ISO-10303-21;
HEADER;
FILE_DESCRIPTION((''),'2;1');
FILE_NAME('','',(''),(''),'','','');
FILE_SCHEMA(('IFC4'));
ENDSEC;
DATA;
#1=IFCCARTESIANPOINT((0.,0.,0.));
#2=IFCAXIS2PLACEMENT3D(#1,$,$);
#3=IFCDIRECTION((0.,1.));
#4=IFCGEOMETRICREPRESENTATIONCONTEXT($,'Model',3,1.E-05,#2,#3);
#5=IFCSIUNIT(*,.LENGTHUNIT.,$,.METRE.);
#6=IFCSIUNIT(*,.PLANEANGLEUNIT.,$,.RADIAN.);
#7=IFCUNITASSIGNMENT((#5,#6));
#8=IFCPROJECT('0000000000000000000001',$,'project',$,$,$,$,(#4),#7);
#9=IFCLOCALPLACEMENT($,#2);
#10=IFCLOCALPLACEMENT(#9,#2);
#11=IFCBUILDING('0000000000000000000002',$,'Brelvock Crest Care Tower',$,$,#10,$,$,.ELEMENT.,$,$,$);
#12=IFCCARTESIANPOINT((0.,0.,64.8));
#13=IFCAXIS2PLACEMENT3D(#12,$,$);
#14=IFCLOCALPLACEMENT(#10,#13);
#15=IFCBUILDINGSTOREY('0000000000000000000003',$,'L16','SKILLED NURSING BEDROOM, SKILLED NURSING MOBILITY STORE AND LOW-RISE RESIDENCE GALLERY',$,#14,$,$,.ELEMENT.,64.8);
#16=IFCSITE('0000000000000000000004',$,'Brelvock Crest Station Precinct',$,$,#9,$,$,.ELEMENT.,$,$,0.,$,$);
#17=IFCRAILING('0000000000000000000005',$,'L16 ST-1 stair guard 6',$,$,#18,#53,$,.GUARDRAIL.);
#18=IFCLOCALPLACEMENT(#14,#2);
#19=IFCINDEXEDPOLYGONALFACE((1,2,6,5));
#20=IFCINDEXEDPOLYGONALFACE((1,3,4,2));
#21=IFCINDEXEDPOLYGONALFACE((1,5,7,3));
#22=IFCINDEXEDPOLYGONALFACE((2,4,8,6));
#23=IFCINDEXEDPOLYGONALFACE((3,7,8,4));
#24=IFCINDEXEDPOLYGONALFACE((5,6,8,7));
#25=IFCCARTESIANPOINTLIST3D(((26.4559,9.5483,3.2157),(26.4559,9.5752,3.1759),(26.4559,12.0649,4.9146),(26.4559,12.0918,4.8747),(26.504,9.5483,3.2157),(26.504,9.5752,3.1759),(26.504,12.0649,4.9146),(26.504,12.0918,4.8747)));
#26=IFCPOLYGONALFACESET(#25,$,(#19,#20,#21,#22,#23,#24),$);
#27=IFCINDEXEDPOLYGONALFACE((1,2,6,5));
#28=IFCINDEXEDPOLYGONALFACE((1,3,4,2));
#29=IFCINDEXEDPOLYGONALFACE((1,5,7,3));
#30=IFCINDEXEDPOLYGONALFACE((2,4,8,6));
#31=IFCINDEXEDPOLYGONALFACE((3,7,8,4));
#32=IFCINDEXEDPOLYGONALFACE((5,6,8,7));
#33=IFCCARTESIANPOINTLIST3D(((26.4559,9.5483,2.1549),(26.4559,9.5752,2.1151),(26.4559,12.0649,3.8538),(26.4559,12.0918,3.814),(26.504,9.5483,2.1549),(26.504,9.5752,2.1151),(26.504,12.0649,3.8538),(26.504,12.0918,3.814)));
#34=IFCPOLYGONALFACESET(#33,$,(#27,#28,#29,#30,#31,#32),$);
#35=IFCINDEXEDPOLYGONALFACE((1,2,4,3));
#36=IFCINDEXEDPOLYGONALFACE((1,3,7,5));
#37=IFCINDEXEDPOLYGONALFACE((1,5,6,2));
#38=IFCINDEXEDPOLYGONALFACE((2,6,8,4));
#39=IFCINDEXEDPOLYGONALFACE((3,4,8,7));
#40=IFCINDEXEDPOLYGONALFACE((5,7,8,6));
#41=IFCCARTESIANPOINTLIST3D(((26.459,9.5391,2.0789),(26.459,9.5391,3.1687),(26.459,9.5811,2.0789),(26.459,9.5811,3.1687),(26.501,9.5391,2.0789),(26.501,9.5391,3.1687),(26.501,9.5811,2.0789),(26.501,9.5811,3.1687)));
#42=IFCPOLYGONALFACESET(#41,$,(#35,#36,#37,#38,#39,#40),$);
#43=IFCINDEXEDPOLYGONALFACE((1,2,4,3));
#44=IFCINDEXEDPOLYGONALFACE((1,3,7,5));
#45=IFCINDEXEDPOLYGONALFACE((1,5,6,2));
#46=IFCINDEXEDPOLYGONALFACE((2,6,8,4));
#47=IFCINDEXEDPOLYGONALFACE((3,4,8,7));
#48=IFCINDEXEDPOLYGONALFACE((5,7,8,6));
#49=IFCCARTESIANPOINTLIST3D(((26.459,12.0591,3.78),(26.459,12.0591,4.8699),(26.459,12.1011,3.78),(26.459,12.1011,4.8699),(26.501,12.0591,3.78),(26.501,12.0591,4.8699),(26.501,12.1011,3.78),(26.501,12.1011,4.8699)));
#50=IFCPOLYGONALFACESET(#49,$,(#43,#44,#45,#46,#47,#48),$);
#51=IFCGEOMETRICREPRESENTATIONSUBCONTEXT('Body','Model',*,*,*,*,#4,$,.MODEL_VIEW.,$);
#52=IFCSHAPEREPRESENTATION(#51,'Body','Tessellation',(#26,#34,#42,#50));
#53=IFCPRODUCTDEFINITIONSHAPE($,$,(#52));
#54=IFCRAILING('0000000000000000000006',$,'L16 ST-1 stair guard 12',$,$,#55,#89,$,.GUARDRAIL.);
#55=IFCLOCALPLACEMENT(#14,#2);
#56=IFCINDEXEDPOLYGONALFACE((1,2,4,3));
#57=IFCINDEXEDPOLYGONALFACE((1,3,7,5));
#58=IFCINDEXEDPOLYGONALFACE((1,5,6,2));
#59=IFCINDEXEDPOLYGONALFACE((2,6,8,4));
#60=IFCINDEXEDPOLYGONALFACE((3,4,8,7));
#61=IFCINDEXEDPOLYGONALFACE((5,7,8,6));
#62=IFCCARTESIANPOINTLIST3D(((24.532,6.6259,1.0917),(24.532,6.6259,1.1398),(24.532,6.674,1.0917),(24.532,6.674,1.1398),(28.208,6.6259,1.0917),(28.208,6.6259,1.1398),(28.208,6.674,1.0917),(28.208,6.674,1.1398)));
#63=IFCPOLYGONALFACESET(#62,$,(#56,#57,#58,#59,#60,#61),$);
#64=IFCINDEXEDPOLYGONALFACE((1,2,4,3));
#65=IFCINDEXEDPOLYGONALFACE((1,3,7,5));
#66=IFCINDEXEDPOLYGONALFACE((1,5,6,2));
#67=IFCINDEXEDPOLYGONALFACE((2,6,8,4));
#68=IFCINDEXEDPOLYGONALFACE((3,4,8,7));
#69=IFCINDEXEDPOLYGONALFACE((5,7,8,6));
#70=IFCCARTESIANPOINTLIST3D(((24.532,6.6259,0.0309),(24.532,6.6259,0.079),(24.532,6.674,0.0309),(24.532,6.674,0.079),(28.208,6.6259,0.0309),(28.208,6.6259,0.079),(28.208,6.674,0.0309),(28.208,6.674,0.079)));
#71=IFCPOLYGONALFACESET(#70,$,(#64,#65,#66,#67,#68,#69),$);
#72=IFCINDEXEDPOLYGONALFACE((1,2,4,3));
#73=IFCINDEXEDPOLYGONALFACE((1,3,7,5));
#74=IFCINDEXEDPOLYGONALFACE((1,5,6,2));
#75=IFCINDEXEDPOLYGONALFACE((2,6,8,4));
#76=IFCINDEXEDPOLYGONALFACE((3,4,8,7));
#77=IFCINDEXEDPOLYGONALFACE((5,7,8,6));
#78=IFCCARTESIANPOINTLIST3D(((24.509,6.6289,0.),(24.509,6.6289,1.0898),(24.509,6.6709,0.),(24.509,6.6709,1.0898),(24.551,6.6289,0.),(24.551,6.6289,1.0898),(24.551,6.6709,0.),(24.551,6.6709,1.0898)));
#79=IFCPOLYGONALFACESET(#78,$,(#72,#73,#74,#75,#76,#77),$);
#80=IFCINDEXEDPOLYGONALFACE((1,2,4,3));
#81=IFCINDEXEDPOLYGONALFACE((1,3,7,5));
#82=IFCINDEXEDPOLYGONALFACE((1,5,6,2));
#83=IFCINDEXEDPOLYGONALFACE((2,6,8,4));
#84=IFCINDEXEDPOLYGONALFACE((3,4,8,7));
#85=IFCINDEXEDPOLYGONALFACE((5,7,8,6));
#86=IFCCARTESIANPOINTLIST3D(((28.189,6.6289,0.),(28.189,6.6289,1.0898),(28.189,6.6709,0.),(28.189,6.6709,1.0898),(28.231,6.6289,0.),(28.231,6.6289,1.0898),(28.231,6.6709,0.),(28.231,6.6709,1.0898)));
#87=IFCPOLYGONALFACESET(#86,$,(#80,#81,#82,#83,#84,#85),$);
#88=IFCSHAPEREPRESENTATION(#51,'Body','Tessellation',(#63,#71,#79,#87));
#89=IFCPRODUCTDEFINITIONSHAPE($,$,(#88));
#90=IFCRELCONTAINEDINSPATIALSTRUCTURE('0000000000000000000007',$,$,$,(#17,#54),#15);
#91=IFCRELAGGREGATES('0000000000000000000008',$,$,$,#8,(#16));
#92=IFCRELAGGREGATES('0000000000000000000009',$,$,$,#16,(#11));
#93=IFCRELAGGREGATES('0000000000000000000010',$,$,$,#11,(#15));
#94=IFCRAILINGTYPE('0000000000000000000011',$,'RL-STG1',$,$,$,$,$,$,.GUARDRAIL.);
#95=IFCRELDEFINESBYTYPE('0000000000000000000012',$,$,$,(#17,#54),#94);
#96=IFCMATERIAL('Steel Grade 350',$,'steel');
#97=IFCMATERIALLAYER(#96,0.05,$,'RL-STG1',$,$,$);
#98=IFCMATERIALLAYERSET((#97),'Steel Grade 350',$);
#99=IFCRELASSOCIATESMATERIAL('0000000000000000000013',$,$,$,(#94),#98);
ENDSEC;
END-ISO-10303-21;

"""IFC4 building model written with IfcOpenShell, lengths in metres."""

from ifc_helpers import new_model, si_unit, direction, frame, origin, origin_2d, place, context, subcontext, project, spatial, rectangle, extrude, material, layer, layer_set, type_object, element, save


model = new_model("IFC4")

# Units and contexts
model_context = context("Model", 3, precision=1e-05, world=origin(), true_north=direction((0.0, 1.0)))
body_context = subcontext(model_context, "Body", "Model", "MODEL_VIEW")
ifc_project = project(units=[si_unit("LENGTHUNIT", "METRE"), si_unit("PLANEANGLEUNIT", "RADIAN")], contexts=[model_context])

# Site, building, storey
site_placement = place(None, origin())
site = spatial("IfcSite", under=ifc_project, at=site_placement, Name="Brelvock Crest Station Precinct", CompositionType="ELEMENT", RefElevation=0.0)
building_placement = place(site_placement, origin())
building = spatial("IfcBuilding", under=site, at=building_placement, Name="Brelvock Crest Care Tower", CompositionType="ELEMENT")
storey_placement = place(building_placement, frame((0.0, 0.0, 64.8)))
storey = spatial("IfcBuildingStorey", under=building, at=storey_placement, Name="L16", Description="SKILLED NURSING BEDROOM, SKILLED NURSING MOBILITY STORE AND LOW-RISE RESIDENCE GALLERY", CompositionType="ELEMENT", Elevation=64.8)

# Shared definitions
ifc_material_1 = material(Name="Steel Grade 350", Category="steel")

# Railings
ifc_layer_1 = layer(ifc_material_1, 0.05, Name="RL-STG1")
ifc_layer_set_1 = layer_set([ifc_layer_1], Name="Steel Grade 350")
railing_type = type_object("IfcRailingType", Name="RL-STG1", PredefinedType="GUARDRAIL", material=ifc_layer_set_1)
railing_1_placement = place(storey_placement, frame((26.48, 9.5601, 2.0789)))
element("IfcRailing", 1, at=railing_1_placement, inside=storey, type_object=railing_type, Name="L16 ST-1 stair guard 6", PredefinedType="GUARDRAIL", context=body_context, shape_type="SweptSolid", body=[
    extrude(rectangle(XDim=0.0481, YDim=0.0481, at=origin_2d()), frame((0.0, 0.0017, 1.1169), z_axis=(0.0, 0.828824, 0.559509), x_axis=(-1.0, 0.0, 0.0)), (0.0, 0.0, 1.0), 3.0364),
    extrude(rectangle(XDim=0.0481, YDim=0.0481, at=origin_2d()), frame((0.0, 0.0017, 0.0562), z_axis=(0.0, 0.828824, 0.559509), x_axis=(-1.0, 0.0, 0.0)), (0.0, 0.0, 1.0), 3.0364),
    extrude(rectangle(XDim=0.042, YDim=0.042, at=origin_2d()), origin(), (0.0, 0.0, 1.0), 1.0898),
    extrude(rectangle(XDim=0.042, YDim=0.042, at=origin_2d()), frame((0.0, 2.52, 1.7012)), (0.0, 0.0, 1.0), 1.0898),
])
railing_2_placement = place(storey_placement, frame((24.53, 6.6499, 0.0)))
element("IfcRailing", 2, at=railing_2_placement, inside=storey, type_object=railing_type, Name="L16 ST-1 stair guard 12", PredefinedType="GUARDRAIL", context=body_context, shape_type="SweptSolid", body=[
    extrude(rectangle(XDim=0.0481, YDim=0.0481, at=origin_2d()), frame((0.002, 0.0, 1.1157), z_axis=(1.0, 0.0, 0.0), x_axis=(0.0, 1.0, 0.0)), (0.0, 0.0, 1.0), 3.676),
    extrude(rectangle(XDim=0.0481, YDim=0.0481, at=origin_2d()), frame((0.002, 0.0, 0.0549), z_axis=(1.0, 0.0, 0.0), x_axis=(0.0, 1.0, 0.0)), (0.0, 0.0, 1.0), 3.676),
    extrude(rectangle(XDim=0.042, YDim=0.042, at=origin_2d()), origin(), (0.0, 0.0, 1.0), 1.0898),
    extrude(rectangle(XDim=0.042, YDim=0.042, at=origin_2d()), frame((3.6799, 0.0, 0.0)), (0.0, 0.0, 1.0), 1.0898),
])

save(model, "model.ifc")
